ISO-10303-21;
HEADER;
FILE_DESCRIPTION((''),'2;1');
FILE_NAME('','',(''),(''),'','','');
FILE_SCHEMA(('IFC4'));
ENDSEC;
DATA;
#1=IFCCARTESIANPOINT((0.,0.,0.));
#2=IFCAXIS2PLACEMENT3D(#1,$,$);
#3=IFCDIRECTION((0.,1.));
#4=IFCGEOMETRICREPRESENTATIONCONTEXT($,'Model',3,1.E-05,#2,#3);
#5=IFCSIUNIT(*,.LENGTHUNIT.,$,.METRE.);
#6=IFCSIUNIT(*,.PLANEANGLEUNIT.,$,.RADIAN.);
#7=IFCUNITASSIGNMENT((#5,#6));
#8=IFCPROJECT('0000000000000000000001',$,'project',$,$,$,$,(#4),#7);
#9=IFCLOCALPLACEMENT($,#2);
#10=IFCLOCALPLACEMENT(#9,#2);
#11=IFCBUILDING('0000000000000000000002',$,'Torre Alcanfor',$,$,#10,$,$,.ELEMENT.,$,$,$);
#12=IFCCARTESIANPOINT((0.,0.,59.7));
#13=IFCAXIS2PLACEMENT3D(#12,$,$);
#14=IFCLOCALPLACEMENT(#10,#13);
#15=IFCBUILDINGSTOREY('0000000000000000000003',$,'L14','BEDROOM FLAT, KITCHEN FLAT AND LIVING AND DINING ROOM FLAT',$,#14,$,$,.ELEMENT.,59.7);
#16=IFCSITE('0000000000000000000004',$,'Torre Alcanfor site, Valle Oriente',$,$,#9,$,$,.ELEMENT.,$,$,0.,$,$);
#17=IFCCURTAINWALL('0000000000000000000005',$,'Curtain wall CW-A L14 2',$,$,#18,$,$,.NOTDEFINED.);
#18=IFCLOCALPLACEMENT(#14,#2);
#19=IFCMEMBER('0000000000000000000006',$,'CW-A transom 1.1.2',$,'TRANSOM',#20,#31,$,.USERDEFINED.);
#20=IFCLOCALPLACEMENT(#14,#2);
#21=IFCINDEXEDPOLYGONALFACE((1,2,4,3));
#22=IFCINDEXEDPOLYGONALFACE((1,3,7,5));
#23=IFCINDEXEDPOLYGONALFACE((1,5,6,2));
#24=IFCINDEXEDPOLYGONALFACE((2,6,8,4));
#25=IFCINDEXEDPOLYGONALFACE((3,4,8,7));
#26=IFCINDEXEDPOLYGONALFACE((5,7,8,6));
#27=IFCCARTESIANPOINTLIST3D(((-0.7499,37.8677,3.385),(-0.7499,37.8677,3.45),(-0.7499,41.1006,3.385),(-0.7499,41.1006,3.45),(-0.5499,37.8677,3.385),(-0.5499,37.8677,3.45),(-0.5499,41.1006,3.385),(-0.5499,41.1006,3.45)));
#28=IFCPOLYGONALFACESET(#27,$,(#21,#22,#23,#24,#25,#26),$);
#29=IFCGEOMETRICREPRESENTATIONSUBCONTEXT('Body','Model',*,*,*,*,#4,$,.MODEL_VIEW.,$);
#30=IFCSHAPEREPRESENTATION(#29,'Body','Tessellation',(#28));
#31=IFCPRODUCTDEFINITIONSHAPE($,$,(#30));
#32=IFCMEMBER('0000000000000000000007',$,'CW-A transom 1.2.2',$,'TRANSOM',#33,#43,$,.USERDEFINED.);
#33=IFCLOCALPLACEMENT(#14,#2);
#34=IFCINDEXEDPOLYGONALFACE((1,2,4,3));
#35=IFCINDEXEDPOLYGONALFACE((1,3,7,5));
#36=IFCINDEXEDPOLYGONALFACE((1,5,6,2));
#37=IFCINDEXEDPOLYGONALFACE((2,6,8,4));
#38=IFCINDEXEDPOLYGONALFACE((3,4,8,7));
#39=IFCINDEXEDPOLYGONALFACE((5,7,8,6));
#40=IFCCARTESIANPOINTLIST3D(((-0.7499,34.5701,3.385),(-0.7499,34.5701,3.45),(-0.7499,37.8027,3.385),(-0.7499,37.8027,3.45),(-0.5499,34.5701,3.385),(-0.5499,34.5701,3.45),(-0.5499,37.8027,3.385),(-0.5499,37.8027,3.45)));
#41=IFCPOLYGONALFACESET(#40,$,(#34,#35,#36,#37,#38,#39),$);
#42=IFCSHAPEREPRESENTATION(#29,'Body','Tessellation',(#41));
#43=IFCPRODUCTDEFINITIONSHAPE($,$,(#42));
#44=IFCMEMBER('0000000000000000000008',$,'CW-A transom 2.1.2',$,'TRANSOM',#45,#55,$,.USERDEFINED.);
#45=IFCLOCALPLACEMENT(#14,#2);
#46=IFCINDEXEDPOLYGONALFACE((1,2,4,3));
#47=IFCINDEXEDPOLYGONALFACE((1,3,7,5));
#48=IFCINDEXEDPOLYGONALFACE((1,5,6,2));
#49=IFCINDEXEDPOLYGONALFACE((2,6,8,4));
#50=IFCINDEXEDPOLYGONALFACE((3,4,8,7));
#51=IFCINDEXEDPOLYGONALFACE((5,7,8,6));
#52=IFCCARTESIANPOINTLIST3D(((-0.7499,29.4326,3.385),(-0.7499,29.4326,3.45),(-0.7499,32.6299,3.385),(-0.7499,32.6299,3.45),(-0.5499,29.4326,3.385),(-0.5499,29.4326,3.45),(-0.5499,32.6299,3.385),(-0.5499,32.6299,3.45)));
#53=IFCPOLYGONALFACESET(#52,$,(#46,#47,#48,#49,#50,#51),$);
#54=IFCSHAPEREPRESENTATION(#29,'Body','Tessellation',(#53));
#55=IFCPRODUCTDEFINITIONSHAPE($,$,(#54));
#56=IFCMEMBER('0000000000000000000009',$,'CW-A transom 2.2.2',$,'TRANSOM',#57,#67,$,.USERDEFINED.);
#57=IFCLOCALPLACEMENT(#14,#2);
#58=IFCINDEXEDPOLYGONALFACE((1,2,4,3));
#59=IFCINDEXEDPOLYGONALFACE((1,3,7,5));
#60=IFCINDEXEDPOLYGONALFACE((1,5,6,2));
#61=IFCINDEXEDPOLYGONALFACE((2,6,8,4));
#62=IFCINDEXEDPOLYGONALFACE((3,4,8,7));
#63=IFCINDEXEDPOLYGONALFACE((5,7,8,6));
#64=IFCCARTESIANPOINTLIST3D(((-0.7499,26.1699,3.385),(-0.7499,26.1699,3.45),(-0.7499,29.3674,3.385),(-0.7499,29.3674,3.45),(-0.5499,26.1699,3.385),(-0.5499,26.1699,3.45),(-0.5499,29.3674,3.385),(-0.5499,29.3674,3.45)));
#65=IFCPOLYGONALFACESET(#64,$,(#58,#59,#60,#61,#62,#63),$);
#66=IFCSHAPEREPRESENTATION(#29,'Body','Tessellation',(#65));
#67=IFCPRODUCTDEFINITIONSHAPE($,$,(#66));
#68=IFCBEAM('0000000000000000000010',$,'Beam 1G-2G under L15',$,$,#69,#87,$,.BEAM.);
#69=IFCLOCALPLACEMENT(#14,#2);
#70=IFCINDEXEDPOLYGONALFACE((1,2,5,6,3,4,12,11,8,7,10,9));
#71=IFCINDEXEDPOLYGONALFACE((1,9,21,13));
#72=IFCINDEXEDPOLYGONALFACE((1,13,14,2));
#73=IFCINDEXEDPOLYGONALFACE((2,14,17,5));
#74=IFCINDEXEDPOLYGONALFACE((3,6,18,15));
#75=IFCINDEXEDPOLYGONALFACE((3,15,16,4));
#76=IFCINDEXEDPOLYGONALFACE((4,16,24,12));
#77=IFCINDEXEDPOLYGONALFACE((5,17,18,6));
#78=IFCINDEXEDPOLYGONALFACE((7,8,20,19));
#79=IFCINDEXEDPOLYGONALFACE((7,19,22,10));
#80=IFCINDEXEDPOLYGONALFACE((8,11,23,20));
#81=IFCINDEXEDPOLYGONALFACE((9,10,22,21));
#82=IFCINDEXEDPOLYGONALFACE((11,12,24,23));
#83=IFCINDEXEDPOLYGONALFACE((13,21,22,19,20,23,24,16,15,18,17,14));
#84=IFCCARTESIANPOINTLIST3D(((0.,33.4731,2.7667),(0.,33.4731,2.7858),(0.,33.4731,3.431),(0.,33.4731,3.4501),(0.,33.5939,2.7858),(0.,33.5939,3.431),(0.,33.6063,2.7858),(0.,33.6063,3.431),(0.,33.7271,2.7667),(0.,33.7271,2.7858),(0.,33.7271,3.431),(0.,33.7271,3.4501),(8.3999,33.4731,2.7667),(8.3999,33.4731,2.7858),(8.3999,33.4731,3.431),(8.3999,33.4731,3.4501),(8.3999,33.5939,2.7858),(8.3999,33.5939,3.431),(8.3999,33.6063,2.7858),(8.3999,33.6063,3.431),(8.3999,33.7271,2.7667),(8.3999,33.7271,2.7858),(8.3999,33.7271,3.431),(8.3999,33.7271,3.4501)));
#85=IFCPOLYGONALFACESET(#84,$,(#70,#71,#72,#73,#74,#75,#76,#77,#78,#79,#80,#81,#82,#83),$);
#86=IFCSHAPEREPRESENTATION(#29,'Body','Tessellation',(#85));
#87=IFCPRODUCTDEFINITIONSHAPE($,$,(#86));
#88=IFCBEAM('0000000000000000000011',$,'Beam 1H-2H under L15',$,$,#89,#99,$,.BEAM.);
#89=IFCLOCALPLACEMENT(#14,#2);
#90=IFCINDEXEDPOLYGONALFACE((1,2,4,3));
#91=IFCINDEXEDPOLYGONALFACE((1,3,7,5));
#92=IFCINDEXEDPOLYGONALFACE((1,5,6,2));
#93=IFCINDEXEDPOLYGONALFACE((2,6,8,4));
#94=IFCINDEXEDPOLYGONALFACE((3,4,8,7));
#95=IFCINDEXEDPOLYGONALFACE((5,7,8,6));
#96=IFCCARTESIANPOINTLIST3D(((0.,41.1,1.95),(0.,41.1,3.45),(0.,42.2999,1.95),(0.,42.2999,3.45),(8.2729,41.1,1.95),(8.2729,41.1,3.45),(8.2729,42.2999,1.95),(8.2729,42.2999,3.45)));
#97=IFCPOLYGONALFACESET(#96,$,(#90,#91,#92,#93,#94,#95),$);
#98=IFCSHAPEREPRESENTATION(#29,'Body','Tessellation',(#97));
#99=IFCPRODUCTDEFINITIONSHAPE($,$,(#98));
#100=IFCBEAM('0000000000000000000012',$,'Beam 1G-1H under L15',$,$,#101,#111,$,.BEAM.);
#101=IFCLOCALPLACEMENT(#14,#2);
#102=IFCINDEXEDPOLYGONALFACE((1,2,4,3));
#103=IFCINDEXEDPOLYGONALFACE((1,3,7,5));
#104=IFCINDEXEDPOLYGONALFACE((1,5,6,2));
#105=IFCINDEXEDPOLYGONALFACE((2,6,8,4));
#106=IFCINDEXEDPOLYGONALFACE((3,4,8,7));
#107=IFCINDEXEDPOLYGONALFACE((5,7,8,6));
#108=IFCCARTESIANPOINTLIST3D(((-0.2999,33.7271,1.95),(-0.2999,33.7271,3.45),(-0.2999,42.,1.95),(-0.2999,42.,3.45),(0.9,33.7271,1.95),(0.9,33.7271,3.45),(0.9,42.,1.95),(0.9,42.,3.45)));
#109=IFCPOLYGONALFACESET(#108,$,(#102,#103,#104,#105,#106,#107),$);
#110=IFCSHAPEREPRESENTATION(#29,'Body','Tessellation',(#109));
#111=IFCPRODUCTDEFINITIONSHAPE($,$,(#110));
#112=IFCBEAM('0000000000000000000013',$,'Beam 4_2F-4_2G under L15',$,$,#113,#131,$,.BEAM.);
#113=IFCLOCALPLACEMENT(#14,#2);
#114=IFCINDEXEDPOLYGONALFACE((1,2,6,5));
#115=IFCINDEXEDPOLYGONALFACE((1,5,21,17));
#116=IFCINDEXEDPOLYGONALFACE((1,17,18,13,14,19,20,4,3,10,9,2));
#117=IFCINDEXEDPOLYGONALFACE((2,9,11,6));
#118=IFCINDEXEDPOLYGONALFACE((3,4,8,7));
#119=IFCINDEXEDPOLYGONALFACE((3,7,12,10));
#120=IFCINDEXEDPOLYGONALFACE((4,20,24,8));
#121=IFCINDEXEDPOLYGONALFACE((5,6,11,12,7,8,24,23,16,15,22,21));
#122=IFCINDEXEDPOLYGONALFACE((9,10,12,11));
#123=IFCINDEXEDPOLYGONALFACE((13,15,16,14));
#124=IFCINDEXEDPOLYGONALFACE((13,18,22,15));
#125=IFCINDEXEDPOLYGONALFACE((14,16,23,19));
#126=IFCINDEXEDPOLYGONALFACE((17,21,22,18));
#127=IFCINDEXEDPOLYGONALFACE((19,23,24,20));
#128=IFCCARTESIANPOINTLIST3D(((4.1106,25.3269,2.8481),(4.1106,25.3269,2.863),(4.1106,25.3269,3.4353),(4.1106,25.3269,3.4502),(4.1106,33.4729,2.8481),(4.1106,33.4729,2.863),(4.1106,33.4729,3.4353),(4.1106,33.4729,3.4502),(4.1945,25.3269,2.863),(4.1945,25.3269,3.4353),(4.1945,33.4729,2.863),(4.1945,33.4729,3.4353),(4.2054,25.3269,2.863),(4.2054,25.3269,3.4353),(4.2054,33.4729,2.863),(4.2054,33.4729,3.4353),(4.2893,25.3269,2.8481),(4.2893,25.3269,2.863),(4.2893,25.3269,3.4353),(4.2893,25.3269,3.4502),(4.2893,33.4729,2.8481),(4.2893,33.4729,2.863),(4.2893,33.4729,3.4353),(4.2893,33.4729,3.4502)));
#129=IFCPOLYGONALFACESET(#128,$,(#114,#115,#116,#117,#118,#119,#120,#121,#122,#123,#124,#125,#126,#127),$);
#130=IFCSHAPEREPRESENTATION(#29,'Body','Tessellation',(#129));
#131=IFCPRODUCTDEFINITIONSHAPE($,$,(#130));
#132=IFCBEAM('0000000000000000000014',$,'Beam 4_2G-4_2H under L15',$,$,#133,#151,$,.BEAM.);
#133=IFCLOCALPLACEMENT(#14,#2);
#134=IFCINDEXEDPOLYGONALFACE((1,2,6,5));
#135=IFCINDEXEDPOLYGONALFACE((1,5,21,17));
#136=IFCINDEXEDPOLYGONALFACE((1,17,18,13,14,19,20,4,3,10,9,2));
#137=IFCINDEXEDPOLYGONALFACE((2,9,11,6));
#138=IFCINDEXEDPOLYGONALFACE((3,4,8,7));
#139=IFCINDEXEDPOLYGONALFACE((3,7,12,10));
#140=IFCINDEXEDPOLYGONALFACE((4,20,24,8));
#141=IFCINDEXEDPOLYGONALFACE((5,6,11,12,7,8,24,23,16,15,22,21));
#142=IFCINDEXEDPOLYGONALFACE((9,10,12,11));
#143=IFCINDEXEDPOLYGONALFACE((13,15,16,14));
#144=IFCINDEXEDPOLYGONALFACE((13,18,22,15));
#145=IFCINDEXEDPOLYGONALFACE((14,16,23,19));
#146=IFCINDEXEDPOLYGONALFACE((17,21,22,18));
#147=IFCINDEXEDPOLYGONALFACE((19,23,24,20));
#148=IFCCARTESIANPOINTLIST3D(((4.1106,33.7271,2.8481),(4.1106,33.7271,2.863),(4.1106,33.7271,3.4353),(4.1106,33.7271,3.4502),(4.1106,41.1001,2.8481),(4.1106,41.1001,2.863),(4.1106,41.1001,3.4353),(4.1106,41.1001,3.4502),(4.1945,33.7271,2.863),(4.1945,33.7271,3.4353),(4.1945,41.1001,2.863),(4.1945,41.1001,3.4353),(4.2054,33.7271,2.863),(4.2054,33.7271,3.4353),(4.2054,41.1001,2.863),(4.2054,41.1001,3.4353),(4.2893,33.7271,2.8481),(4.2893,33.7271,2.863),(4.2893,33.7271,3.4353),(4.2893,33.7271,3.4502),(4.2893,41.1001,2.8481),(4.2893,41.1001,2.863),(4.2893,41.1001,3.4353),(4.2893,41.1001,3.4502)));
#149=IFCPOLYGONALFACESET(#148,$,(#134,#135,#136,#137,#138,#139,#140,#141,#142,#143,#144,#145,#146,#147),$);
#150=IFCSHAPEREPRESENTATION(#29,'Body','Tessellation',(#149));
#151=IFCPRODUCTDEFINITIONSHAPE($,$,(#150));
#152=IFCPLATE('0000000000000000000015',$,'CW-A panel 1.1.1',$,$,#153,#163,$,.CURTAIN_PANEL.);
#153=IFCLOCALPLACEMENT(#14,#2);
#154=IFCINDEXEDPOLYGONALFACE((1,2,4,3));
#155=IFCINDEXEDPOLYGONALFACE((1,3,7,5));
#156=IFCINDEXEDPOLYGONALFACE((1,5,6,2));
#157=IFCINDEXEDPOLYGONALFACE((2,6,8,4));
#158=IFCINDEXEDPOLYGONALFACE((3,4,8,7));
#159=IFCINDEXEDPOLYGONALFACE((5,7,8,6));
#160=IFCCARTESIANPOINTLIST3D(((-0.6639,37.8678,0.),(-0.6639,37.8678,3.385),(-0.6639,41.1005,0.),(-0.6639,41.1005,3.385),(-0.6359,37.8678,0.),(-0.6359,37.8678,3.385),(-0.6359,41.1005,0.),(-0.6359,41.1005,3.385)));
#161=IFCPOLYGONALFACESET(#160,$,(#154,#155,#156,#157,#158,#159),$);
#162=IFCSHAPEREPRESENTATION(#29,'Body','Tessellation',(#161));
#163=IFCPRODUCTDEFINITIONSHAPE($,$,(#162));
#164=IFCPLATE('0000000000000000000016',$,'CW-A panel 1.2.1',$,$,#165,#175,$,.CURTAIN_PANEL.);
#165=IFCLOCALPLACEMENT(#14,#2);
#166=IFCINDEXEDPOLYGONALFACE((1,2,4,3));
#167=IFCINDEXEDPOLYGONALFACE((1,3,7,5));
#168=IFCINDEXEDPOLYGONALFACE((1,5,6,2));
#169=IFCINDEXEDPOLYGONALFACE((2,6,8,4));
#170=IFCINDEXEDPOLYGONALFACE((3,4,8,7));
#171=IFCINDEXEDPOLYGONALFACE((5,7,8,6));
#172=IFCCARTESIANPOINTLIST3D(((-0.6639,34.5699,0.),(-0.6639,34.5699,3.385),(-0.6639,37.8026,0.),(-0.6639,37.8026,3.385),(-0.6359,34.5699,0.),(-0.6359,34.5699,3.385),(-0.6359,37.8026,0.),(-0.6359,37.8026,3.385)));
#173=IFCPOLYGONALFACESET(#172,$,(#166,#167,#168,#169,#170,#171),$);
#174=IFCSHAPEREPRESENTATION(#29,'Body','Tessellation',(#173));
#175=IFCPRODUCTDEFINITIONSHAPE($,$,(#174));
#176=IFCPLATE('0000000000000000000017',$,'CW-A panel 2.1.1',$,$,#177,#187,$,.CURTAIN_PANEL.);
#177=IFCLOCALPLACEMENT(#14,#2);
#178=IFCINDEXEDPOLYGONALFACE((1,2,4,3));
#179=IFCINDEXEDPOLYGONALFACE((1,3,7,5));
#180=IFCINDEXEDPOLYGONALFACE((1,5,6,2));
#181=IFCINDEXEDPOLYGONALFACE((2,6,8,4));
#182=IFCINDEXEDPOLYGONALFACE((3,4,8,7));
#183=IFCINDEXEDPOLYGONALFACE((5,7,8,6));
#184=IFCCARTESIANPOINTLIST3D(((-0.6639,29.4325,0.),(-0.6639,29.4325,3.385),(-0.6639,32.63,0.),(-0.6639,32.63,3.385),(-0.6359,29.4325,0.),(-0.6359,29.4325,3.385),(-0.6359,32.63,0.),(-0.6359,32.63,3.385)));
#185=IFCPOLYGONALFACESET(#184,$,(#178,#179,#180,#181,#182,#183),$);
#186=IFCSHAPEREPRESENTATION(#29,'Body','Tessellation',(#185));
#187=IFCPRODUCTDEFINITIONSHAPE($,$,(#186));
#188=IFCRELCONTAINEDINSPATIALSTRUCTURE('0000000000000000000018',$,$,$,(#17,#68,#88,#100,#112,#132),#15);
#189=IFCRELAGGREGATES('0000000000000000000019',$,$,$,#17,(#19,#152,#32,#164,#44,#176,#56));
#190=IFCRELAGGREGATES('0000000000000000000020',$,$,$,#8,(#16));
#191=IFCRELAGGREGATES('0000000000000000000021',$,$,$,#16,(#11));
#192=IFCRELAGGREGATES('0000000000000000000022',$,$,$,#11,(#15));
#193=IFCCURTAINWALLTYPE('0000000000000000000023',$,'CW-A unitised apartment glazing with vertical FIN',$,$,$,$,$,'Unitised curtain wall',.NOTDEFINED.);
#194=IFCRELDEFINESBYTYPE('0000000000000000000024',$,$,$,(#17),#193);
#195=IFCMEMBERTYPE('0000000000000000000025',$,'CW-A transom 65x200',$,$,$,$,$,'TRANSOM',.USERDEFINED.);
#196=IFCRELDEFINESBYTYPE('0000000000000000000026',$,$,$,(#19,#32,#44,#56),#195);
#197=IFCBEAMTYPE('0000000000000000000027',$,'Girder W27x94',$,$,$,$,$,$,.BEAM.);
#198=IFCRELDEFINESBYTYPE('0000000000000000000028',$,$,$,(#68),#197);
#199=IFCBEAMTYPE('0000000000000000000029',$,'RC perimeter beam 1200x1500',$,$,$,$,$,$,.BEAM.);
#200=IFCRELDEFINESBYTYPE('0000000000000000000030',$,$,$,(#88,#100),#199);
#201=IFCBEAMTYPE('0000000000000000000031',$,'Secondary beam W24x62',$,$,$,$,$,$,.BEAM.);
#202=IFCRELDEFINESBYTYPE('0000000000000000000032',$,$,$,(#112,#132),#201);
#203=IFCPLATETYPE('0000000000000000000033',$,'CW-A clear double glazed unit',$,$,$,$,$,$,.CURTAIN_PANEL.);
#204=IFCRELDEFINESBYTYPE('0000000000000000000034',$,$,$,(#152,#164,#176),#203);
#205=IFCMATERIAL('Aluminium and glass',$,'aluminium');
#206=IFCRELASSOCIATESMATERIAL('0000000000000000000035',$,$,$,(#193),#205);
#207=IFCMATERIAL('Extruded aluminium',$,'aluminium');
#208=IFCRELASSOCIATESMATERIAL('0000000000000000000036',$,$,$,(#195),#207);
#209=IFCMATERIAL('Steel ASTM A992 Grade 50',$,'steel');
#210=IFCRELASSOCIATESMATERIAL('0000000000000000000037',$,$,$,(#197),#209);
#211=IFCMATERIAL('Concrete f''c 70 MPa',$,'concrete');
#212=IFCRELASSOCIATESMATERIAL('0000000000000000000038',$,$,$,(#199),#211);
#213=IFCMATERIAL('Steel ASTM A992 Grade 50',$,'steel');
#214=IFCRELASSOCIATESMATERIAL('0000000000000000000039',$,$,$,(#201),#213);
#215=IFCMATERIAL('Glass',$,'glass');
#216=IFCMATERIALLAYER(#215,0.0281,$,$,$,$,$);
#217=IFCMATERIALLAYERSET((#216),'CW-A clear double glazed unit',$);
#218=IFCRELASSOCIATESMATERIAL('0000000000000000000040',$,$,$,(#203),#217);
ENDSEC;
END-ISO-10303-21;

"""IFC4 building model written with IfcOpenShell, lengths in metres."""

from ifc_helpers import new_model, si_unit, direction, frame, origin, origin_2d, place, context, subcontext, project, spatial, rectangle, i_section, extrude, material, layer, layer_set, material_profile, profile_set, type_object, element, aggregate, save


model = new_model("IFC4")

# Units and contexts
model_context = context("Model", 3, precision=1e-05, world=origin(), true_north=direction((0.0, 1.0)))
body_context = subcontext(model_context, "Body", "Model", "MODEL_VIEW")
ifc_project = project(units=[si_unit("LENGTHUNIT", "METRE"), si_unit("PLANEANGLEUNIT", "RADIAN")], contexts=[model_context])

# Site, building, storey
site_placement = place(None, origin())
site = spatial("IfcSite", under=ifc_project, at=site_placement, Name="Torre Alcanfor site, Valle Oriente", CompositionType="ELEMENT", RefElevation=0.0)
building_placement = place(site_placement, origin())
building = spatial("IfcBuilding", under=site, at=building_placement, Name="Torre Alcanfor", CompositionType="ELEMENT")
storey_placement = place(building_placement, frame((0.0, 0.0, 59.7)))
storey = spatial("IfcBuildingStorey", under=building, at=storey_placement, Name="L14", Description="BEDROOM FLAT, KITCHEN FLAT AND LIVING AND DINING ROOM FLAT", CompositionType="ELEMENT", Elevation=59.7)

# Curtain wall, members
ifc_material_1 = material(Name="Aluminium and glass", Category="aluminium")
curtain_wall_type = type_object("IfcCurtainWallType", Name="CW-A unitised apartment glazing with vertical FIN", ElementType="Unitised curtain wall", PredefinedType="NOTDEFINED", material=ifc_material_1)
curtain_wall_placement = place(storey_placement, origin())
curtain_wall = element("IfcCurtainWall", 1, at=curtain_wall_placement, inside=storey, type_object=curtain_wall_type, Name="Curtain wall CW-A L14 2", PredefinedType="NOTDEFINED")
ifc_material_2 = material(Name="Extruded aluminium", Category="aluminium")
ifc_material_profile_1 = material_profile(ifc_material_2, rectangle(XDim=0.2, YDim=0.0649, at=origin_2d()), Name="CW-A transom 200x65")
ifc_profile_set_1 = profile_set([ifc_material_profile_1], Name="Extruded aluminium")
member_type_1 = type_object("IfcMemberType", Name="CW-A transom 65x200", ElementType="TRANSOM", PredefinedType="USERDEFINED", material=ifc_profile_set_1)
member_1_placement = place(storey_placement, frame((-0.6499, 41.1006, 3.4175), z_axis=(0.0, -1.0, 0.0), x_axis=(1.0, 0.0, 0.0)))
member_1 = element("IfcMember", 2, at=member_1_placement, type_object=member_type_1, Name="CW-A transom 1.1.2", ObjectType="TRANSOM", PredefinedType="USERDEFINED", context=body_context, shape_type="SweptSolid", body=[
    extrude(rectangle(XDim=0.2, YDim=0.0649, at=origin_2d()), origin(), (0.0, 0.0, 1.0), 3.2329),
])
member_2_placement = place(storey_placement, frame((-0.6499, 37.8027, 3.4175), z_axis=(0.0, -1.0, 0.0), x_axis=(1.0, 0.0, 0.0)))
member_2 = element("IfcMember", 3, at=member_2_placement, type_object=member_type_1, Name="CW-A transom 1.2.2", ObjectType="TRANSOM", PredefinedType="USERDEFINED", context=body_context, shape_type="SweptSolid", body=[
    extrude(rectangle(XDim=0.2, YDim=0.0649, at=origin_2d()), origin(), (0.0, 0.0, 1.0), 3.2327),
])
member_3_placement = place(storey_placement, frame((-0.6499, 32.6299, 3.4175), z_axis=(0.0, -1.0, 0.0), x_axis=(1.0, 0.0, 0.0)))
member_3 = element("IfcMember", 4, at=member_3_placement, type_object=member_type_1, Name="CW-A transom 2.1.2", ObjectType="TRANSOM", PredefinedType="USERDEFINED", context=body_context, shape_type="SweptSolid", body=[
    extrude(rectangle(XDim=0.2, YDim=0.0649, at=origin_2d()), origin(), (0.0, 0.0, 1.0), 3.1973),
])
member_4_placement = place(storey_placement, frame((-0.6499, 29.3674, 3.4175), z_axis=(0.0, -1.0, 0.0), x_axis=(1.0, 0.0, 0.0)))
member_4 = element("IfcMember", 5, at=member_4_placement, type_object=member_type_1, Name="CW-A transom 2.2.2", ObjectType="TRANSOM", PredefinedType="USERDEFINED", context=body_context, shape_type="SweptSolid", body=[
    extrude(rectangle(XDim=0.2, YDim=0.0649, at=origin_2d()), origin(), (0.0, 0.0, 1.0), 3.1975),
])

# Beams
ifc_material_3 = material(Name="Steel ASTM A992 Grade 50", Category="steel")
ifc_material_profile_2 = material_profile(ifc_material_3, i_section(OverallWidth=0.2539, OverallDepth=0.6833, WebThickness=0.0125, FlangeThickness=0.019, at=origin_2d()), Name="W27x94")
ifc_profile_set_2 = profile_set([ifc_material_profile_2], Name="Steel ASTM A992 Grade 50")
beam_type_1 = type_object("IfcBeamType", Name="Girder W27x94", PredefinedType="BEAM", material=ifc_profile_set_2)
beam_1_placement = place(storey_placement, frame((0.0, 33.6001, 3.1084), z_axis=(1.0, 0.0, 0.0), x_axis=(0.0, 1.0, 0.0)))
element("IfcBeam", 6, at=beam_1_placement, inside=storey, type_object=beam_type_1, Name="Beam 1G-2G under L15", PredefinedType="BEAM", context=body_context, shape_type="SweptSolid", body=[
    extrude(i_section(OverallWidth=0.2539, OverallDepth=0.6833, WebThickness=0.0125, FlangeThickness=0.019, at=origin_2d()), origin(), (0.0, 0.0, 1.0), 8.3999),
])
ifc_material_4 = material(Name="Concrete f'c 70 MPa", Category="concrete")
ifc_material_profile_3 = material_profile(ifc_material_4, rectangle(XDim=1.2, YDim=1.5, at=origin_2d()), Name="1200x1500")
ifc_profile_set_3 = profile_set([ifc_material_profile_3], Name="Concrete f'c 70 MPa")
beam_type_2 = type_object("IfcBeamType", Name="RC perimeter beam 1200x1500", PredefinedType="BEAM", material=ifc_profile_set_3)
for number, where, z_axis, x_axis, name in (
    (7, (0.0, 41.7, 2.7), (1.0, 0.0, 0.0), (0.0, 1.0, 0.0), "Beam 1H-2H under L15"),
    (8, (0.3, 33.7271, 2.7), (0.0, 1.0, 0.0), (-1.0, 0.0, 0.0), "Beam 1G-1H under L15"),
):
    element("IfcBeam", number, at=place(storey_placement, frame(where, z_axis=z_axis, x_axis=x_axis)), inside=storey, type_object=beam_type_2, Name=name, PredefinedType="BEAM", context=body_context, shape_type="SweptSolid", body=[
        extrude(rectangle(XDim=1.2, YDim=1.5, at=origin_2d()), origin(), (0.0, 0.0, 1.0), 8.2729),
    ])
ifc_material_5 = material(Name="Steel ASTM A992 Grade 50", Category="steel")
ifc_material_profile_4 = material_profile(ifc_material_5, i_section(OverallWidth=0.1787, OverallDepth=0.6021, WebThickness=0.011, FlangeThickness=0.0149, at=origin_2d()), Name="W24x62")
ifc_profile_set_4 = profile_set([ifc_material_profile_4], Name="Steel ASTM A992 Grade 50")
beam_type_3 = type_object("IfcBeamType", Name="Secondary beam W24x62", PredefinedType="BEAM", material=ifc_profile_set_4)
beam_2_placement = place(storey_placement, frame((4.2, 25.3269, 3.1492), z_axis=(0.0, 1.0, 0.0), x_axis=(-1.0, 0.0, 0.0)))
element("IfcBeam", 9, at=beam_2_placement, inside=storey, type_object=beam_type_3, Name="Beam 4_2F-4_2G under L15", PredefinedType="BEAM", context=body_context, shape_type="SweptSolid", body=[
    extrude(i_section(OverallWidth=0.1787, OverallDepth=0.6021, WebThickness=0.011, FlangeThickness=0.0149, at=origin_2d()), origin(), (0.0, 0.0, 1.0), 8.146),
])
beam_3_placement = place(storey_placement, frame((4.2, 33.7271, 3.1492), z_axis=(0.0, 1.0, 0.0), x_axis=(-1.0, 0.0, 0.0)))
element("IfcBeam", 10, at=beam_3_placement, inside=storey, type_object=beam_type_3, Name="Beam 4_2G-4_2H under L15", PredefinedType="BEAM", context=body_context, shape_type="SweptSolid", body=[
    extrude(i_section(OverallWidth=0.1787, OverallDepth=0.6021, WebThickness=0.011, FlangeThickness=0.0149, at=origin_2d()), origin(), (0.0, 0.0, 1.0), 7.373),
])

# Plates
ifc_material_6 = material(Name="Glass", Category="glass")
ifc_layer_1 = layer(ifc_material_6, 0.0281)
ifc_layer_set_1 = layer_set([ifc_layer_1], Name="CW-A clear double glazed unit")
plate_type = type_object("IfcPlateType", Name="CW-A clear double glazed unit", PredefinedType="CURTAIN_PANEL", material=ifc_layer_set_1)
plate_1_placement = place(storey_placement, frame((-0.6499, 39.4841, 0.0), z_axis=(0.0, 0.0, 1.0), x_axis=(0.0, -1.0, 0.0)))
plate_1 = element("IfcPlate", 11, at=plate_1_placement, type_object=plate_type, Name="CW-A panel 1.1.1", PredefinedType="CURTAIN_PANEL", context=body_context, shape_type="SweptSolid", body=[
    extrude(rectangle(XDim=3.2327, YDim=0.0281, at=origin_2d()), origin(), (0.0, 0.0, 1.0), 3.385),
])
plate_2_placement = place(storey_placement, frame((-0.6499, 36.1863, 0.0), z_axis=(0.0, 0.0, 1.0), x_axis=(0.0, -1.0, 0.0)))
plate_2 = element("IfcPlate", 12, at=plate_2_placement, type_object=plate_type, Name="CW-A panel 1.2.1", PredefinedType="CURTAIN_PANEL", context=body_context, shape_type="SweptSolid", body=[
    extrude(rectangle(XDim=3.2327, YDim=0.0281, at=origin_2d()), origin(), (0.0, 0.0, 1.0), 3.385),
])
plate_3_placement = place(storey_placement, frame((-0.6499, 31.0312, 0.0), z_axis=(0.0, 0.0, 1.0), x_axis=(0.0, -1.0, 0.0)))
plate_3 = element("IfcPlate", 13, at=plate_3_placement, type_object=plate_type, Name="CW-A panel 2.1.1", PredefinedType="CURTAIN_PANEL", context=body_context, shape_type="SweptSolid", body=[
    extrude(rectangle(XDim=3.1975, YDim=0.0281, at=origin_2d()), origin(), (0.0, 0.0, 1.0), 3.385),
])
aggregate(curtain_wall, [member_1, plate_1, member_2, plate_2, member_3, plate_3, member_4])

save(model, "model.ifc")
